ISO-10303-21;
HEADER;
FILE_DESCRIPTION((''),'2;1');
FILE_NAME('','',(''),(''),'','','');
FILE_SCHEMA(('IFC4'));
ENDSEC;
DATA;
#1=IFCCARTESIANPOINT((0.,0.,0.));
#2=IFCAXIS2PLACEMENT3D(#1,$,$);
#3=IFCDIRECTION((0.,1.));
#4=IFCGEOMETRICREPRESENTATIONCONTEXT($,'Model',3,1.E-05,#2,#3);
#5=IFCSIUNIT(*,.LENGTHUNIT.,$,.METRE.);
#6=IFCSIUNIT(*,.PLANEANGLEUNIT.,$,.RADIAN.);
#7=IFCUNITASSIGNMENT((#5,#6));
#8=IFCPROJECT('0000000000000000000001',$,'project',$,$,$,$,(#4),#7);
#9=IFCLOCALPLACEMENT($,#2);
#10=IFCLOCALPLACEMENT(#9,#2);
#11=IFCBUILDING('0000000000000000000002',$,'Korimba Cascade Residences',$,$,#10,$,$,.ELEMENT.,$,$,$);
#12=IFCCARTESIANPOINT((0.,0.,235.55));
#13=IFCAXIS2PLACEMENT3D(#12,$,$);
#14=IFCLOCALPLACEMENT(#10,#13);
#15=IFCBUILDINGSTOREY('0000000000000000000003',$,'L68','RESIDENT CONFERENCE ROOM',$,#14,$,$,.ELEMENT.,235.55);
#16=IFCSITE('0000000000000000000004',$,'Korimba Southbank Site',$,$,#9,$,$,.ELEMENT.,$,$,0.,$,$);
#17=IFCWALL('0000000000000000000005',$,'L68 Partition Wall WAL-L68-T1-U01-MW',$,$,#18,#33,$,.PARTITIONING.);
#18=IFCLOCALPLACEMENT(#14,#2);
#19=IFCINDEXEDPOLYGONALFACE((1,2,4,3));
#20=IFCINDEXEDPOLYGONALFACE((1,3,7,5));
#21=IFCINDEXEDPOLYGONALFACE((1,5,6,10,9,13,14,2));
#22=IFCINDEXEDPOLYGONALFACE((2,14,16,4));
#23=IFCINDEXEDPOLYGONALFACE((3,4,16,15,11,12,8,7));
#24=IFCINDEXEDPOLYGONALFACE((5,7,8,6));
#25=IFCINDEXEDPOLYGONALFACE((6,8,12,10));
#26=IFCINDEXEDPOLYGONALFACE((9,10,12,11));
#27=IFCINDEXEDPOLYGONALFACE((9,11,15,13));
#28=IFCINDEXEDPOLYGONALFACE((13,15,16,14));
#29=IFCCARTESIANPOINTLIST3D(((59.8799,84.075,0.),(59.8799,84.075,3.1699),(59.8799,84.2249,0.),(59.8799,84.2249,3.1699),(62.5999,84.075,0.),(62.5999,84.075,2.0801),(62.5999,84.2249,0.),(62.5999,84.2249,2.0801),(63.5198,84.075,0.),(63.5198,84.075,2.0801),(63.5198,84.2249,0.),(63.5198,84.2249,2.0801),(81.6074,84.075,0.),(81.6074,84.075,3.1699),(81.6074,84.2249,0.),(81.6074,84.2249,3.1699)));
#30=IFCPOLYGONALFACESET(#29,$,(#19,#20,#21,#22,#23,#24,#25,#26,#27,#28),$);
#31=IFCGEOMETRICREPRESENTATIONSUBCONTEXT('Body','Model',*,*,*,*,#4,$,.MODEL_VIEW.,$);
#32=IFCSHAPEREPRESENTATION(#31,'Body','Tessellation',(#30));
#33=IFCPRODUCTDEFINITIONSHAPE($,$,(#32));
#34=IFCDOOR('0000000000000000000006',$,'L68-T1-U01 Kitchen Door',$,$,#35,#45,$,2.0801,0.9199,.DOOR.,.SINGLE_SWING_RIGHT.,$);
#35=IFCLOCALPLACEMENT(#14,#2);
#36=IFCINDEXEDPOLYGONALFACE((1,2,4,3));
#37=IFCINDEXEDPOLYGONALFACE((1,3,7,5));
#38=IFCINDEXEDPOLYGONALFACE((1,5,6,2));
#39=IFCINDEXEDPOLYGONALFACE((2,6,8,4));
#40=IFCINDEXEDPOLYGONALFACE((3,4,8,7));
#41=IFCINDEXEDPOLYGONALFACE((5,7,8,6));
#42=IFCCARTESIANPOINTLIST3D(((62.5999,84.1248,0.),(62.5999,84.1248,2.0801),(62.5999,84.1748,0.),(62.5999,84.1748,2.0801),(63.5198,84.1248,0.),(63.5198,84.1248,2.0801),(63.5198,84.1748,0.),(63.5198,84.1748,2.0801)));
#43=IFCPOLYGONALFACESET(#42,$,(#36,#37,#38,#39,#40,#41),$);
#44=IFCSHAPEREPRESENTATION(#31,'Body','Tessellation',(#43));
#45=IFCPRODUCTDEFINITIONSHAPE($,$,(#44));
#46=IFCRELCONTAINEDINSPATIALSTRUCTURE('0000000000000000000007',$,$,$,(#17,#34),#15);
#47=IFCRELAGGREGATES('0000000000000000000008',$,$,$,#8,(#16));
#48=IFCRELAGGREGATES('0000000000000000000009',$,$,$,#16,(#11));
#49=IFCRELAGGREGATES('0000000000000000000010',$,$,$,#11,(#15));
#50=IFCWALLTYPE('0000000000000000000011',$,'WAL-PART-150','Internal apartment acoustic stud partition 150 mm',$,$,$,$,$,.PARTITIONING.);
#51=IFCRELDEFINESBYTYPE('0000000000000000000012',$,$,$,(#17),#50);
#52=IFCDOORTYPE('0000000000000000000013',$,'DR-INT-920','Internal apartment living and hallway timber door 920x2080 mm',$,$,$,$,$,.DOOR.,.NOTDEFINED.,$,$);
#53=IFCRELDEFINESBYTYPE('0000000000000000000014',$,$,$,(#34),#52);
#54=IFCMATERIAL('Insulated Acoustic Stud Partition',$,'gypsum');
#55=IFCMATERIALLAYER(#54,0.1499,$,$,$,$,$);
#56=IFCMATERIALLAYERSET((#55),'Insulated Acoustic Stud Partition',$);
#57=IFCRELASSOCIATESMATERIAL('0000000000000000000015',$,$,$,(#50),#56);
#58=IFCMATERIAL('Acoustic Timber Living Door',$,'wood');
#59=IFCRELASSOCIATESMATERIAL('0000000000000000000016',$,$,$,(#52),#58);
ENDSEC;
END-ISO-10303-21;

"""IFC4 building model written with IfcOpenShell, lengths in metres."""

from ifc_helpers import new_model, si_unit, direction, frame, frame_2d, origin, place, context, subcontext, project, spatial, rectangle, extrude, material, layer, layer_set, type_object, element, fill, save


model = new_model("IFC4")

# Units and contexts
model_context = context("Model", 3, precision=1e-05, world=origin(), true_north=direction((0.0, 1.0)))
body_context = subcontext(model_context, "Body", "Model", "MODEL_VIEW")
ifc_project = project(units=[si_unit("LENGTHUNIT", "METRE"), si_unit("PLANEANGLEUNIT", "RADIAN")], contexts=[model_context])

# Site, building, storey
site_placement = place(None, origin())
site = spatial("IfcSite", under=ifc_project, at=site_placement, Name="Korimba Southbank Site", CompositionType="ELEMENT", RefElevation=0.0)
building_placement = place(site_placement, origin())
building = spatial("IfcBuilding", under=site, at=building_placement, Name="Korimba Cascade Residences", CompositionType="ELEMENT")
storey_placement = place(building_placement, frame((0.0, 0.0, 235.55)))
storey = spatial("IfcBuildingStorey", under=building, at=storey_placement, Name="L68", Description="RESIDENT CONFERENCE ROOM", CompositionType="ELEMENT", Elevation=235.55)

# Wall, opening, door
ifc_material_1 = material(Name="Insulated Acoustic Stud Partition", Category="gypsum")
ifc_layer_1 = layer(ifc_material_1, 0.1499)
ifc_layer_set_1 = layer_set([ifc_layer_1], Name="Insulated Acoustic Stud Partition")
wall_type_1 = type_object("IfcWallType", Name="WAL-PART-150", Description="Internal apartment acoustic stud partition 150 mm", PredefinedType="PARTITIONING", material=ifc_layer_set_1)
wall_1_placement = place(storey_placement, frame((59.8799, 84.1499, 0.0), z_axis=(0.0, 0.0, 1.0), x_axis=(1.0, 0.0, 0.0)))
wall_1 = element("IfcWall", 1, at=wall_1_placement, inside=storey, type_object=wall_type_1, Name="L68 Partition Wall WAL-L68-T1-U01-MW", PredefinedType="PARTITIONING", context=body_context, shape_type="SweptSolid", body=[
    extrude(rectangle(XDim=21.7275, YDim=0.1499, at=frame_2d((10.8638, 0.0))), origin(), (0.0, 0.0, 1.0), 3.1699),
])
opening_1_placement = place(wall_1_placement, frame((2.72, 0.0, 0.0)))
opening_1 = element("IfcOpeningElement", 2, at=opening_1_placement, cuts=wall_1, PredefinedType="OPENING", context=body_context, shape_type="SweptSolid", body=[
    extrude(rectangle(XDim=0.9199, YDim=2.0801, at=frame_2d((0.46, 1.04))), frame((0.0, 0.085, 0.0), z_axis=(0.0, -1.0, 0.0), x_axis=(1.0, 0.0, 0.0)), (0.0, 0.0, 1.0), 0.1699),
])
ifc_material_2 = material(Name="Acoustic Timber Living Door", Category="wood")
door_type_1 = type_object("IfcDoorType", Name="DR-INT-920", Description="Internal apartment living and hallway timber door 920x2080 mm", OperationType="NOTDEFINED", PredefinedType="DOOR", material=ifc_material_2)
door_1_placement = place(opening_1_placement, origin())
door_1 = element("IfcDoor", 3, at=door_1_placement, inside=storey, type_object=door_type_1, Name="L68-T1-U01 Kitchen Door", OperationType="SINGLE_SWING_RIGHT", OverallHeight=2.0801, OverallWidth=0.9199, PredefinedType="DOOR", context=body_context, shape_type="SweptSolid", body=[
    extrude(rectangle(XDim=0.9199, YDim=2.0801, at=frame_2d((0.46, 1.04))), frame((0.0, 0.0249, 0.0), z_axis=(0.0, -1.0, 0.0), x_axis=(1.0, 0.0, 0.0)), (0.0, 0.0, 1.0), 0.05),
])
fill(opening_1, door_1)

save(model, "model.ifc")
